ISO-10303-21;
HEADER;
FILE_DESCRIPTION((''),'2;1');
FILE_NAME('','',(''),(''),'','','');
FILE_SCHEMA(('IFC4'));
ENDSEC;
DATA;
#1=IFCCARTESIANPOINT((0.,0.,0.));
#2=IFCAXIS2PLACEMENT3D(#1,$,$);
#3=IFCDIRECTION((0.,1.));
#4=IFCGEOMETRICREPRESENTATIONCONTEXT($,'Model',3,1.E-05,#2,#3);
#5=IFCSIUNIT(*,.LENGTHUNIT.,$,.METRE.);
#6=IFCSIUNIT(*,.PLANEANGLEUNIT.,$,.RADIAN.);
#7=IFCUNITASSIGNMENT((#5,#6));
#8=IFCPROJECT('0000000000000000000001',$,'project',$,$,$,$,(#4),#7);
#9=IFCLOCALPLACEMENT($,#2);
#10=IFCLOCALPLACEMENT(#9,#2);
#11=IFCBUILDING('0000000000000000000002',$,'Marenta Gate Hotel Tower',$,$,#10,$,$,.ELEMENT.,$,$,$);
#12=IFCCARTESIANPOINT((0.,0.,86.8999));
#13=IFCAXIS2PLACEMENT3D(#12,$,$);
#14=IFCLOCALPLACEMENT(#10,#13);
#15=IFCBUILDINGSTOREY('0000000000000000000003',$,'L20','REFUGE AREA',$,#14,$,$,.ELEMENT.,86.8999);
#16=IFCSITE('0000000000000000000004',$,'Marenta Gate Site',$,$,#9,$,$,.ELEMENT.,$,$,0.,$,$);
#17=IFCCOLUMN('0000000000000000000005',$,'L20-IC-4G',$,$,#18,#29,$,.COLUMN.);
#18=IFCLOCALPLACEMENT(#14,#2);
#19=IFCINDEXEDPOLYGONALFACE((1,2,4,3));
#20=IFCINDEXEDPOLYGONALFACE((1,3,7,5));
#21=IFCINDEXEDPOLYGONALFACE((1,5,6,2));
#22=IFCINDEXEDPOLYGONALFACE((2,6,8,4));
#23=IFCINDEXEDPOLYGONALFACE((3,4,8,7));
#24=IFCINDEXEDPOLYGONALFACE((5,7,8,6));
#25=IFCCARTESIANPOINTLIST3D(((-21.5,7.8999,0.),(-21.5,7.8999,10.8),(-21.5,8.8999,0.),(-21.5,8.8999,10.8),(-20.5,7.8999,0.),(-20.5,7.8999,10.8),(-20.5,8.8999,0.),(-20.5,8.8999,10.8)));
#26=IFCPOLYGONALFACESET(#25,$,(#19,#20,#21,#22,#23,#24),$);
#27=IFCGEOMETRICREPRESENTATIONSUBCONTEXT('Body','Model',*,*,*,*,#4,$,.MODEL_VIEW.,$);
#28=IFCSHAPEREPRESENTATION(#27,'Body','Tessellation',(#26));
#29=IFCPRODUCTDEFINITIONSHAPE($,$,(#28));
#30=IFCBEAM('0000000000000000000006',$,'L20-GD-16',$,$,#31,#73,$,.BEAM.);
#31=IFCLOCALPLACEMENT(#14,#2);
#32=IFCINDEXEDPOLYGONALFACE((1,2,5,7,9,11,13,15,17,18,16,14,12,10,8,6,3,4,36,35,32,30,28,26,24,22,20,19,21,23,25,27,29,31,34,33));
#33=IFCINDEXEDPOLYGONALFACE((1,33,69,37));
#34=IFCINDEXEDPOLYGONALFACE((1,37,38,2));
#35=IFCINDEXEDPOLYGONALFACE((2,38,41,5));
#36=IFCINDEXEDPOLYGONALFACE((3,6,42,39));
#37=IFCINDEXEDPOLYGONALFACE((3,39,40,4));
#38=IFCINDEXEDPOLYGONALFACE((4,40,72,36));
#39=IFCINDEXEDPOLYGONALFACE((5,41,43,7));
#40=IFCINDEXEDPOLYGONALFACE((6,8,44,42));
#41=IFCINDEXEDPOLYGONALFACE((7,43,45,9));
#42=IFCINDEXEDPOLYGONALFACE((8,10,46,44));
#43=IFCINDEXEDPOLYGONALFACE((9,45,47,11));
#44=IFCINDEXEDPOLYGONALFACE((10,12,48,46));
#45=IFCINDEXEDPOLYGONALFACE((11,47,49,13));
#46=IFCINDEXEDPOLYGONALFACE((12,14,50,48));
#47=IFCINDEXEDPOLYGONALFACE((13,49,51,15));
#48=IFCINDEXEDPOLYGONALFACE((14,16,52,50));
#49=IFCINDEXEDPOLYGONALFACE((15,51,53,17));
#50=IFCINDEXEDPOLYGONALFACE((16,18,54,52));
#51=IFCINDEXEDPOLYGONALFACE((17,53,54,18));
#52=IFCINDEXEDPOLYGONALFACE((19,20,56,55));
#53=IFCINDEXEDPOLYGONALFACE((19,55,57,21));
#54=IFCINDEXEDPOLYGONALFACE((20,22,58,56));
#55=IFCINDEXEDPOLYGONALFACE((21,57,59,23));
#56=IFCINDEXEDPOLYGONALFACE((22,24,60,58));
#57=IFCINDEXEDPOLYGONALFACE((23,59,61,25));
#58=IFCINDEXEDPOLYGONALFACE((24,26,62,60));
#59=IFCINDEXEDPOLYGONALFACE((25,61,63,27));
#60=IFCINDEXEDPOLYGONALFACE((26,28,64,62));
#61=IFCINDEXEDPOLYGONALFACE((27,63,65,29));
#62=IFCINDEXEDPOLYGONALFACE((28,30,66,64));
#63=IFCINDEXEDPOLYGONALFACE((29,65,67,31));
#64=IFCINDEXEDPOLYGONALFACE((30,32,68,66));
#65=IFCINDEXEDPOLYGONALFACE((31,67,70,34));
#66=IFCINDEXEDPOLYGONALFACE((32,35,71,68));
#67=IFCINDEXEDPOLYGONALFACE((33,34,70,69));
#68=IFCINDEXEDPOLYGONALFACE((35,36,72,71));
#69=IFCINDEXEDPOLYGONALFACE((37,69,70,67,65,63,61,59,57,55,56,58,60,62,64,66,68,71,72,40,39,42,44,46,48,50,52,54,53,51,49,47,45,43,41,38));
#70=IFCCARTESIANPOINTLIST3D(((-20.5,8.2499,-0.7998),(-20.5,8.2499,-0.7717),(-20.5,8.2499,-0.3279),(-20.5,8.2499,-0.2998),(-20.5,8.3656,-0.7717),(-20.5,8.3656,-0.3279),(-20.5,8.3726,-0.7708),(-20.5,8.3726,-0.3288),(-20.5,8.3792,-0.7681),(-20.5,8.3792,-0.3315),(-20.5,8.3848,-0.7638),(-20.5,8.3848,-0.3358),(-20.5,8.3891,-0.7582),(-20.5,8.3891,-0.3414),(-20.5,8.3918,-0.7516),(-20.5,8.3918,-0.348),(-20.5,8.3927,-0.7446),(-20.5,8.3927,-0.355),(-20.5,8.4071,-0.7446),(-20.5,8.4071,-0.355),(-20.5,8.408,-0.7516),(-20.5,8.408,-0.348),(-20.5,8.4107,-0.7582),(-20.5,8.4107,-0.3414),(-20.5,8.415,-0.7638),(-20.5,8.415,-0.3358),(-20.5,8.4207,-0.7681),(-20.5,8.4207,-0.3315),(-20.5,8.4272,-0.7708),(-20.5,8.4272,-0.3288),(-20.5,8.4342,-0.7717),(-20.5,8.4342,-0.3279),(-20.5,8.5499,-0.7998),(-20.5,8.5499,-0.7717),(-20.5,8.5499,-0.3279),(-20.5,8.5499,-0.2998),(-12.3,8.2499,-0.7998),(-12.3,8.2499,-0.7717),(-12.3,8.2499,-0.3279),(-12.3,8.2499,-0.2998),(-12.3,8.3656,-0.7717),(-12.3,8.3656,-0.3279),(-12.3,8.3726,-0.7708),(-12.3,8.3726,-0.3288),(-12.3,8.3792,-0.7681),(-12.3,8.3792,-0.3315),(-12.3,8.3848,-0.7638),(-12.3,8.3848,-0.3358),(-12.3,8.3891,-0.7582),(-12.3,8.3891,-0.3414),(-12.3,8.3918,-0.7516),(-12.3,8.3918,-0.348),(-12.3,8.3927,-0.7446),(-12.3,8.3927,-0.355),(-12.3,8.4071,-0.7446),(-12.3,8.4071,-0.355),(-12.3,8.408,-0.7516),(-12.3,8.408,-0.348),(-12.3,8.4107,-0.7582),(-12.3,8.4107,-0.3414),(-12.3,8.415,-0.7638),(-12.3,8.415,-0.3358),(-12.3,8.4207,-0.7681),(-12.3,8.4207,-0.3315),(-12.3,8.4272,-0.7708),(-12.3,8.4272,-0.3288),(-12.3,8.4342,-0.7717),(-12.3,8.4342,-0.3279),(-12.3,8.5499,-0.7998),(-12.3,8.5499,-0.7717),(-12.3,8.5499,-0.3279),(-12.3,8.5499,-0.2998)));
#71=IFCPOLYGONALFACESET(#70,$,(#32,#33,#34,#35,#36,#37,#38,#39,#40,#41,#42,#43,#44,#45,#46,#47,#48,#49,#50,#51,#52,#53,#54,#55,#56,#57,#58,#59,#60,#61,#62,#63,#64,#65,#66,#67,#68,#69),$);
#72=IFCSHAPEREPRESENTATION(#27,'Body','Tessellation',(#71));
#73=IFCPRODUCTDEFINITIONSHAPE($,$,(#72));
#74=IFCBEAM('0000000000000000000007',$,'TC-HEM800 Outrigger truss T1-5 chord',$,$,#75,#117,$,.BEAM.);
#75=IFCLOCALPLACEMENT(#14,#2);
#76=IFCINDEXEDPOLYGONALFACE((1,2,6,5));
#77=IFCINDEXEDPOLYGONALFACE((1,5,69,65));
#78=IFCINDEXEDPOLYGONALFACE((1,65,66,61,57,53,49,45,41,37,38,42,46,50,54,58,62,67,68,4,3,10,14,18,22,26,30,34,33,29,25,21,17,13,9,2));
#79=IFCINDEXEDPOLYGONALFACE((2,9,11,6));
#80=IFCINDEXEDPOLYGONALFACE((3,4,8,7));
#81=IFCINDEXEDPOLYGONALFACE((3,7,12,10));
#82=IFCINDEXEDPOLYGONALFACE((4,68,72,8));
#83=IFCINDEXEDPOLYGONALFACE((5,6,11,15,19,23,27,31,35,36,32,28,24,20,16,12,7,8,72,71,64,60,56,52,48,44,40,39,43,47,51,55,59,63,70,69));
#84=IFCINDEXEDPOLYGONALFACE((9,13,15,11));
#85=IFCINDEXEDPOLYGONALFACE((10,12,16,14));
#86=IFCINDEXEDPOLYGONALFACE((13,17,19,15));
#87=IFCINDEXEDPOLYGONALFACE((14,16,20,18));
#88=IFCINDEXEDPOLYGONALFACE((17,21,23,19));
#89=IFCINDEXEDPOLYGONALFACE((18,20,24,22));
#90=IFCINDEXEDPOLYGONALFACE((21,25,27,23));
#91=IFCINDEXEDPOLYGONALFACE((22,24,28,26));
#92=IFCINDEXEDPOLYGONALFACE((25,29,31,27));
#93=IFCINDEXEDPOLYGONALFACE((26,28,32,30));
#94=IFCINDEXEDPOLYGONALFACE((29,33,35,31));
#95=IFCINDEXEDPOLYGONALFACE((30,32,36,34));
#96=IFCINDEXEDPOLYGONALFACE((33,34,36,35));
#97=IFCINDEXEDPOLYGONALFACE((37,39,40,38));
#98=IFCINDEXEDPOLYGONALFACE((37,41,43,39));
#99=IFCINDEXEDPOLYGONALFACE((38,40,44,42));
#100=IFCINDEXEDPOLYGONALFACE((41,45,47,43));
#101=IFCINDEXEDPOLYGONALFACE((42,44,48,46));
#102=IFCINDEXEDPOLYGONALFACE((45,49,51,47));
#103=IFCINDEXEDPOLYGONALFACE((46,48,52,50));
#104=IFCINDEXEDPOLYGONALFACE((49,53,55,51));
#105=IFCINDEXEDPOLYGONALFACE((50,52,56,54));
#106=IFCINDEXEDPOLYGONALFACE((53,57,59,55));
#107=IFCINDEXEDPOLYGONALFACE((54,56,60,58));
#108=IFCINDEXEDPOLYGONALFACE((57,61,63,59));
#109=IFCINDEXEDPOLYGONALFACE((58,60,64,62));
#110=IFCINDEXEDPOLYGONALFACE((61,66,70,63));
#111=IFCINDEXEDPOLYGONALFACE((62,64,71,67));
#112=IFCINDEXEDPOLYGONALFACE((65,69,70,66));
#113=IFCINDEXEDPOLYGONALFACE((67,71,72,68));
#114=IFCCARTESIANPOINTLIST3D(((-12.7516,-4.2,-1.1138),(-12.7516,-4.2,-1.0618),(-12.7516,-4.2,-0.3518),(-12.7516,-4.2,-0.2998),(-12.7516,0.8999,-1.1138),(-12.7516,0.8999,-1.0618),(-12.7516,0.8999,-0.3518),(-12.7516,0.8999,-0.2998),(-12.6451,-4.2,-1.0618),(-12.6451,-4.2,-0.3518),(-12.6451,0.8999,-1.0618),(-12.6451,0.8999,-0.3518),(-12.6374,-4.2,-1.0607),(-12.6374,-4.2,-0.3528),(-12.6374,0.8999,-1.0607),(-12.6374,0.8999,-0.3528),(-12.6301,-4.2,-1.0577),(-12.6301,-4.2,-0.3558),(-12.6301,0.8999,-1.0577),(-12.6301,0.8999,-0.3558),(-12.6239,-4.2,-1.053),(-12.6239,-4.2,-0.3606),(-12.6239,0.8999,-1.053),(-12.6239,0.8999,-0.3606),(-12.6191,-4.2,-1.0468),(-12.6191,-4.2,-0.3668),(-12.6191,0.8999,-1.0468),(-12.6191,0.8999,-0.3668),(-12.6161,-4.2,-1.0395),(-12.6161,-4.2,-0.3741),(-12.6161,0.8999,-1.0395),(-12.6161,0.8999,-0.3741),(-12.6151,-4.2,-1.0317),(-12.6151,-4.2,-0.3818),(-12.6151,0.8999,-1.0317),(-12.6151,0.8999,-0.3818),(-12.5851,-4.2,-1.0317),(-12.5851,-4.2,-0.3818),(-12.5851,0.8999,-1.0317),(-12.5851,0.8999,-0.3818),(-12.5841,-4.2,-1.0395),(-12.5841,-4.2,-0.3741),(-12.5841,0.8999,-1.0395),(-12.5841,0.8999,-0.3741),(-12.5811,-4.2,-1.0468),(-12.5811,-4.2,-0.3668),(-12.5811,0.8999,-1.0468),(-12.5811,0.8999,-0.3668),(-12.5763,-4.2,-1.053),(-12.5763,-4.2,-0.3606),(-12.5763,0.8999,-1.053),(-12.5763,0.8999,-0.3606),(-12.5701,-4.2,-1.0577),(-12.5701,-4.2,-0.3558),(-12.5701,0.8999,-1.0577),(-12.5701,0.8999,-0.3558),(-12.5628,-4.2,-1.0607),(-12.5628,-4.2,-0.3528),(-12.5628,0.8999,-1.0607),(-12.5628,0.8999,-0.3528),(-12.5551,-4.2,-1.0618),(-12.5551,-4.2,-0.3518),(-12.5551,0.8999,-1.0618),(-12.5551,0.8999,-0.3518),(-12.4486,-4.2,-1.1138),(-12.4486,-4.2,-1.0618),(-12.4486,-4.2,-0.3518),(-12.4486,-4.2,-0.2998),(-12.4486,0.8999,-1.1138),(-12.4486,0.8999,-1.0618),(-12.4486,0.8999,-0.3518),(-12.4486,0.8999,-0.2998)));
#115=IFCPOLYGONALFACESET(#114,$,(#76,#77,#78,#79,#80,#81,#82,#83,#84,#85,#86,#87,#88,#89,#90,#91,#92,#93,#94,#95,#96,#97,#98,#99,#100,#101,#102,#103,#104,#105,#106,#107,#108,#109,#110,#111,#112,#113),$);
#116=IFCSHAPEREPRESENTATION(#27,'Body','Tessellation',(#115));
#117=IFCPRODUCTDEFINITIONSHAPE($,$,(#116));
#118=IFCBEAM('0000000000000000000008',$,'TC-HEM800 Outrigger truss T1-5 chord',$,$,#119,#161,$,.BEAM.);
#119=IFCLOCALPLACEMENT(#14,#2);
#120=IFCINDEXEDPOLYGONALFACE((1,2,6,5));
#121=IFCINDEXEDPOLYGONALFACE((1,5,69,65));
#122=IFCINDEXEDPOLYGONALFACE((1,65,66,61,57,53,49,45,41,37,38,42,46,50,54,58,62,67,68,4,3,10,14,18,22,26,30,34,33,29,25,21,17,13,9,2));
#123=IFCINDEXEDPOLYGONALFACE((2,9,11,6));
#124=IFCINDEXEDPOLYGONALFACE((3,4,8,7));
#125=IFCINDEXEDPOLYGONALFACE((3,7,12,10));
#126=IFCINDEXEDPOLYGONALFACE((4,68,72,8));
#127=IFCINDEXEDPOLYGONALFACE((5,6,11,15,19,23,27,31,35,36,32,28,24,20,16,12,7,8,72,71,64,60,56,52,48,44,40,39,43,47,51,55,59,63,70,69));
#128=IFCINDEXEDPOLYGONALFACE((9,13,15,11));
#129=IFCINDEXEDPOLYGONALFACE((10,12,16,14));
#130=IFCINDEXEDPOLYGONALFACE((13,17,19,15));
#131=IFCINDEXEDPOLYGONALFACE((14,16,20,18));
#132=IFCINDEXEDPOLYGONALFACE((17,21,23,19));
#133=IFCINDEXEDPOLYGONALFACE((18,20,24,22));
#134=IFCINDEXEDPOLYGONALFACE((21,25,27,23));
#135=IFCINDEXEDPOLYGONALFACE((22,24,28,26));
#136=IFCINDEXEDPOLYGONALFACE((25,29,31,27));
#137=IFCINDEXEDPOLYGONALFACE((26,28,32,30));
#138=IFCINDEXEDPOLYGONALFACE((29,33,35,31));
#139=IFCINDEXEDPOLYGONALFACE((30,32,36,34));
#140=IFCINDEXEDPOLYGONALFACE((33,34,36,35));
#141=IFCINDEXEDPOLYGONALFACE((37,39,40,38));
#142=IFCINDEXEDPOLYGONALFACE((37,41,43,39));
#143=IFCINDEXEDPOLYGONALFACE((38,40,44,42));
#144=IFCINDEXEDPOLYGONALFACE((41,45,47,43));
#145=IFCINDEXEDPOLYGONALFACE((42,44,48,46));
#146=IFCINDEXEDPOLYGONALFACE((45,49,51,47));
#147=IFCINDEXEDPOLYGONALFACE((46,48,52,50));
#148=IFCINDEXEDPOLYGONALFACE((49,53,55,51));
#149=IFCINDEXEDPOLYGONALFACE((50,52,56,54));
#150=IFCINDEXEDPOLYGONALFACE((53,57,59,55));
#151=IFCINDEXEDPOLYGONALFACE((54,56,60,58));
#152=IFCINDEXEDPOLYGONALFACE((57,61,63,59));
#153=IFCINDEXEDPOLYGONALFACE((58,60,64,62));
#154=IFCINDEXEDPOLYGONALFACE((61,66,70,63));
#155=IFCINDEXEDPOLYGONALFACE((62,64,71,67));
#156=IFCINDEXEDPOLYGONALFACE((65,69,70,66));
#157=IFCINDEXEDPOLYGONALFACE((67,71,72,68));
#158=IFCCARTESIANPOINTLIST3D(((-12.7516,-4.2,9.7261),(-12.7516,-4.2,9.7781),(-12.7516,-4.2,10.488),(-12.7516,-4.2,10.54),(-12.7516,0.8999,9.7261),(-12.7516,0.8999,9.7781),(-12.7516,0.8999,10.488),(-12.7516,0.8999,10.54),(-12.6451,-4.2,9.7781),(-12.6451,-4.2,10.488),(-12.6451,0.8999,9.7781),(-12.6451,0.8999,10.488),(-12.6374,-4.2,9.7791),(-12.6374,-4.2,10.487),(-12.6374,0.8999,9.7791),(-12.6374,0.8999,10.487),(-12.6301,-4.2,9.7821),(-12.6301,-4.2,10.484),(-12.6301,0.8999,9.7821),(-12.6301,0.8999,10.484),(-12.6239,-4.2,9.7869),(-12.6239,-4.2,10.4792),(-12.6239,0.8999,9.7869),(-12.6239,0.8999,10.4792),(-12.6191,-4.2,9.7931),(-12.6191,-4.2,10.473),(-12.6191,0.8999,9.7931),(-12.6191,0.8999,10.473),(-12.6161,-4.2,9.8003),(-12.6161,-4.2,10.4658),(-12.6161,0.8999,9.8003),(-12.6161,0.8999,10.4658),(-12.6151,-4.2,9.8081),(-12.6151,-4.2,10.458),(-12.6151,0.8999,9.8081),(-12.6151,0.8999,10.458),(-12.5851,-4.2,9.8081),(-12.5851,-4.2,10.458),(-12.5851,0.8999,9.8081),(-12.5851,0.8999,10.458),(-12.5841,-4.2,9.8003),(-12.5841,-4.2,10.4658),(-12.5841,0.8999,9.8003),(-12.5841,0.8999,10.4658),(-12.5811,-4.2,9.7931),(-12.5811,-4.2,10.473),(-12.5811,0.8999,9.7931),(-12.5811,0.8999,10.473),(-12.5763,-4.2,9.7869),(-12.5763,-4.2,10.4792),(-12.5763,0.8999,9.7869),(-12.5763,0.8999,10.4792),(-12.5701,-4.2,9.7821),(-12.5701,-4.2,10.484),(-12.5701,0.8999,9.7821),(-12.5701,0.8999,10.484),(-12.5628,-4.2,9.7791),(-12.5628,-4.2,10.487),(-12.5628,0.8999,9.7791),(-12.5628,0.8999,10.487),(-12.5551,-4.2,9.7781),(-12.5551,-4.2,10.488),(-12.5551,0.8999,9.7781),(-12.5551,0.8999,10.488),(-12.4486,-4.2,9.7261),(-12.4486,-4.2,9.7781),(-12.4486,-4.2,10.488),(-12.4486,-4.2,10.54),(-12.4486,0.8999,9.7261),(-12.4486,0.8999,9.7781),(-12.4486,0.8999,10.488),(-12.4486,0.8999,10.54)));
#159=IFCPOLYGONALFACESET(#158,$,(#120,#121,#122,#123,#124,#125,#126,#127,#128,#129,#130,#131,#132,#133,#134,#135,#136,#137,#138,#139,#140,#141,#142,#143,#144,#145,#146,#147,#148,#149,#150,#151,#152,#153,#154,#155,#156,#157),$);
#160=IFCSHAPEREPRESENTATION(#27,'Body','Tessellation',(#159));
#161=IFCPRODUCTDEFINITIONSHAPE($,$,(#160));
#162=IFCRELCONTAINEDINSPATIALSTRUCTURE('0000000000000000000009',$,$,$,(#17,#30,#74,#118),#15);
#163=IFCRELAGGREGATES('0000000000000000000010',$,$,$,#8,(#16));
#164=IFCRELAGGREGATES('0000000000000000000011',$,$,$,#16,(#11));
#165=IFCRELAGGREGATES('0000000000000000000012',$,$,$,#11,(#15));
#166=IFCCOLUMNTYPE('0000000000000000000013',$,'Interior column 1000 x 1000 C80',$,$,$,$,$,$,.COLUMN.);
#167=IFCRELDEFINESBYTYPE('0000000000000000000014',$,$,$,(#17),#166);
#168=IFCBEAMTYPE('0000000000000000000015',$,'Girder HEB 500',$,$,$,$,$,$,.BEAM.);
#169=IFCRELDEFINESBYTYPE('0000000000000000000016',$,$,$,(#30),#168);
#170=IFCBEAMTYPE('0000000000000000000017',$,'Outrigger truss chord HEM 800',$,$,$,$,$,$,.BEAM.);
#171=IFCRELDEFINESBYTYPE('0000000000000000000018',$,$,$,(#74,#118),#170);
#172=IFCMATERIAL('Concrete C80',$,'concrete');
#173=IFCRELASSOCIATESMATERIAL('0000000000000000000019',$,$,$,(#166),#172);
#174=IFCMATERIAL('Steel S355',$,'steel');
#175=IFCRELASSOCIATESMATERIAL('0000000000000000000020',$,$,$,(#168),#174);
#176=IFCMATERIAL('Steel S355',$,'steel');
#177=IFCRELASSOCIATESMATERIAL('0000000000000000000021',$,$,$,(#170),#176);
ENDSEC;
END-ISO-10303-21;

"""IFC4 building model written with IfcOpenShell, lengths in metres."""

from ifc_helpers import new_model, si_unit, direction, frame, origin, origin_2d, place, context, subcontext, project, spatial, rectangle, i_section, extrude, material, material_profile, profile_set, type_object, element, save


model = new_model("IFC4")

# Units and contexts
model_context = context("Model", 3, precision=1e-05, world=origin(), true_north=direction((0.0, 1.0)))
body_context = subcontext(model_context, "Body", "Model", "MODEL_VIEW")
ifc_project = project(units=[si_unit("LENGTHUNIT", "METRE"), si_unit("PLANEANGLEUNIT", "RADIAN")], contexts=[model_context])

# Site, building, storey
site_placement = place(None, origin())
site = spatial("IfcSite", under=ifc_project, at=site_placement, Name="Marenta Gate Site", CompositionType="ELEMENT", RefElevation=0.0)
building_placement = place(site_placement, origin())
building = spatial("IfcBuilding", under=site, at=building_placement, Name="Marenta Gate Hotel Tower", CompositionType="ELEMENT")
storey_placement = place(building_placement, frame((0.0, 0.0, 86.8999)))
storey = spatial("IfcBuildingStorey", under=building, at=storey_placement, Name="L20", Description="REFUGE AREA", CompositionType="ELEMENT", Elevation=86.8999)

# Column
ifc_material_1 = material(Name="Concrete C80", Category="concrete")
ifc_material_profile_1 = material_profile(ifc_material_1, rectangle(XDim=1.0, YDim=1.0, at=origin_2d()), Name="1000 x 1000")
ifc_profile_set_1 = profile_set([ifc_material_profile_1], Name="Concrete C80")
column_type = type_object("IfcColumnType", Name="Interior column 1000 x 1000 C80", PredefinedType="COLUMN", material=ifc_profile_set_1)
column_placement = place(storey_placement, frame((-21.0, 8.3999, 0.0), z_axis=(0.0, 0.0, 1.0), x_axis=(1.0, 0.0, 0.0)))
element("IfcColumn", 1, at=column_placement, inside=storey, type_object=column_type, Name="L20-IC-4G", PredefinedType="COLUMN", context=body_context, shape_type="SweptSolid", body=[
    extrude(rectangle(XDim=1.0, YDim=1.0, at=origin_2d()), origin(), (0.0, 0.0, 1.0), 10.8),
])

# Beams
ifc_material_2 = material(Name="Steel S355", Category="steel")
ifc_material_profile_2 = material_profile(ifc_material_2, i_section(OverallWidth=0.3, OverallDepth=0.5, WebThickness=0.0144, FlangeThickness=0.0281, FilletRadius=0.0271, at=origin_2d()), Name="HEB 500")
ifc_profile_set_2 = profile_set([ifc_material_profile_2], Name="Steel S355")
beam_type_1 = type_object("IfcBeamType", Name="Girder HEB 500", PredefinedType="BEAM", material=ifc_profile_set_2)
beam_1_placement = place(storey_placement, frame((-20.5, 8.3999, -0.5498), z_axis=(1.0, 0.0, 0.0), x_axis=(0.0, 1.0, 0.0)))
element("IfcBeam", 2, at=beam_1_placement, inside=storey, type_object=beam_type_1, Name="L20-GD-16", PredefinedType="BEAM", context=body_context, shape_type="SweptSolid", body=[
    extrude(i_section(OverallWidth=0.3, OverallDepth=0.5, WebThickness=0.0144, FlangeThickness=0.0281, FilletRadius=0.0271, at=origin_2d()), origin(), (0.0, 0.0, 1.0), 8.2),
])
ifc_material_3 = material(Name="Steel S355", Category="steel")
ifc_material_profile_3 = material_profile(ifc_material_3, i_section(OverallWidth=0.303, OverallDepth=0.814, WebThickness=0.03, FlangeThickness=0.052, FilletRadius=0.03, at=origin_2d()), Name="HEM 800")
ifc_profile_set_3 = profile_set([ifc_material_profile_3], Name="Steel S355")
beam_type_2 = type_object("IfcBeamType", Name="Outrigger truss chord HEM 800", PredefinedType="BEAM", material=ifc_profile_set_3)
for number, where, z_axis, x_axis, name in (
    (3, (-12.6001, 0.8999, -0.7068), (0.0, -1.0, 0.0), (1.0, 0.0, 0.0), "TC-HEM800 Outrigger truss T1-5 chord"),
    (4, (-12.6001, 0.8999, 10.1331), (0.0, -1.0, 0.0), (1.0, 0.0, 0.0), "TC-HEM800 Outrigger truss T1-5 chord"),
):
    element("IfcBeam", number, at=place(storey_placement, frame(where, z_axis=z_axis, x_axis=x_axis)), inside=storey, type_object=beam_type_2, Name=name, PredefinedType="BEAM", context=body_context, shape_type="SweptSolid", body=[
        extrude(i_section(OverallWidth=0.303, OverallDepth=0.814, WebThickness=0.03, FlangeThickness=0.052, FilletRadius=0.03, at=origin_2d()), origin(), (0.0, 0.0, 1.0), 5.0999),
    ])

save(model, "model.ifc")
